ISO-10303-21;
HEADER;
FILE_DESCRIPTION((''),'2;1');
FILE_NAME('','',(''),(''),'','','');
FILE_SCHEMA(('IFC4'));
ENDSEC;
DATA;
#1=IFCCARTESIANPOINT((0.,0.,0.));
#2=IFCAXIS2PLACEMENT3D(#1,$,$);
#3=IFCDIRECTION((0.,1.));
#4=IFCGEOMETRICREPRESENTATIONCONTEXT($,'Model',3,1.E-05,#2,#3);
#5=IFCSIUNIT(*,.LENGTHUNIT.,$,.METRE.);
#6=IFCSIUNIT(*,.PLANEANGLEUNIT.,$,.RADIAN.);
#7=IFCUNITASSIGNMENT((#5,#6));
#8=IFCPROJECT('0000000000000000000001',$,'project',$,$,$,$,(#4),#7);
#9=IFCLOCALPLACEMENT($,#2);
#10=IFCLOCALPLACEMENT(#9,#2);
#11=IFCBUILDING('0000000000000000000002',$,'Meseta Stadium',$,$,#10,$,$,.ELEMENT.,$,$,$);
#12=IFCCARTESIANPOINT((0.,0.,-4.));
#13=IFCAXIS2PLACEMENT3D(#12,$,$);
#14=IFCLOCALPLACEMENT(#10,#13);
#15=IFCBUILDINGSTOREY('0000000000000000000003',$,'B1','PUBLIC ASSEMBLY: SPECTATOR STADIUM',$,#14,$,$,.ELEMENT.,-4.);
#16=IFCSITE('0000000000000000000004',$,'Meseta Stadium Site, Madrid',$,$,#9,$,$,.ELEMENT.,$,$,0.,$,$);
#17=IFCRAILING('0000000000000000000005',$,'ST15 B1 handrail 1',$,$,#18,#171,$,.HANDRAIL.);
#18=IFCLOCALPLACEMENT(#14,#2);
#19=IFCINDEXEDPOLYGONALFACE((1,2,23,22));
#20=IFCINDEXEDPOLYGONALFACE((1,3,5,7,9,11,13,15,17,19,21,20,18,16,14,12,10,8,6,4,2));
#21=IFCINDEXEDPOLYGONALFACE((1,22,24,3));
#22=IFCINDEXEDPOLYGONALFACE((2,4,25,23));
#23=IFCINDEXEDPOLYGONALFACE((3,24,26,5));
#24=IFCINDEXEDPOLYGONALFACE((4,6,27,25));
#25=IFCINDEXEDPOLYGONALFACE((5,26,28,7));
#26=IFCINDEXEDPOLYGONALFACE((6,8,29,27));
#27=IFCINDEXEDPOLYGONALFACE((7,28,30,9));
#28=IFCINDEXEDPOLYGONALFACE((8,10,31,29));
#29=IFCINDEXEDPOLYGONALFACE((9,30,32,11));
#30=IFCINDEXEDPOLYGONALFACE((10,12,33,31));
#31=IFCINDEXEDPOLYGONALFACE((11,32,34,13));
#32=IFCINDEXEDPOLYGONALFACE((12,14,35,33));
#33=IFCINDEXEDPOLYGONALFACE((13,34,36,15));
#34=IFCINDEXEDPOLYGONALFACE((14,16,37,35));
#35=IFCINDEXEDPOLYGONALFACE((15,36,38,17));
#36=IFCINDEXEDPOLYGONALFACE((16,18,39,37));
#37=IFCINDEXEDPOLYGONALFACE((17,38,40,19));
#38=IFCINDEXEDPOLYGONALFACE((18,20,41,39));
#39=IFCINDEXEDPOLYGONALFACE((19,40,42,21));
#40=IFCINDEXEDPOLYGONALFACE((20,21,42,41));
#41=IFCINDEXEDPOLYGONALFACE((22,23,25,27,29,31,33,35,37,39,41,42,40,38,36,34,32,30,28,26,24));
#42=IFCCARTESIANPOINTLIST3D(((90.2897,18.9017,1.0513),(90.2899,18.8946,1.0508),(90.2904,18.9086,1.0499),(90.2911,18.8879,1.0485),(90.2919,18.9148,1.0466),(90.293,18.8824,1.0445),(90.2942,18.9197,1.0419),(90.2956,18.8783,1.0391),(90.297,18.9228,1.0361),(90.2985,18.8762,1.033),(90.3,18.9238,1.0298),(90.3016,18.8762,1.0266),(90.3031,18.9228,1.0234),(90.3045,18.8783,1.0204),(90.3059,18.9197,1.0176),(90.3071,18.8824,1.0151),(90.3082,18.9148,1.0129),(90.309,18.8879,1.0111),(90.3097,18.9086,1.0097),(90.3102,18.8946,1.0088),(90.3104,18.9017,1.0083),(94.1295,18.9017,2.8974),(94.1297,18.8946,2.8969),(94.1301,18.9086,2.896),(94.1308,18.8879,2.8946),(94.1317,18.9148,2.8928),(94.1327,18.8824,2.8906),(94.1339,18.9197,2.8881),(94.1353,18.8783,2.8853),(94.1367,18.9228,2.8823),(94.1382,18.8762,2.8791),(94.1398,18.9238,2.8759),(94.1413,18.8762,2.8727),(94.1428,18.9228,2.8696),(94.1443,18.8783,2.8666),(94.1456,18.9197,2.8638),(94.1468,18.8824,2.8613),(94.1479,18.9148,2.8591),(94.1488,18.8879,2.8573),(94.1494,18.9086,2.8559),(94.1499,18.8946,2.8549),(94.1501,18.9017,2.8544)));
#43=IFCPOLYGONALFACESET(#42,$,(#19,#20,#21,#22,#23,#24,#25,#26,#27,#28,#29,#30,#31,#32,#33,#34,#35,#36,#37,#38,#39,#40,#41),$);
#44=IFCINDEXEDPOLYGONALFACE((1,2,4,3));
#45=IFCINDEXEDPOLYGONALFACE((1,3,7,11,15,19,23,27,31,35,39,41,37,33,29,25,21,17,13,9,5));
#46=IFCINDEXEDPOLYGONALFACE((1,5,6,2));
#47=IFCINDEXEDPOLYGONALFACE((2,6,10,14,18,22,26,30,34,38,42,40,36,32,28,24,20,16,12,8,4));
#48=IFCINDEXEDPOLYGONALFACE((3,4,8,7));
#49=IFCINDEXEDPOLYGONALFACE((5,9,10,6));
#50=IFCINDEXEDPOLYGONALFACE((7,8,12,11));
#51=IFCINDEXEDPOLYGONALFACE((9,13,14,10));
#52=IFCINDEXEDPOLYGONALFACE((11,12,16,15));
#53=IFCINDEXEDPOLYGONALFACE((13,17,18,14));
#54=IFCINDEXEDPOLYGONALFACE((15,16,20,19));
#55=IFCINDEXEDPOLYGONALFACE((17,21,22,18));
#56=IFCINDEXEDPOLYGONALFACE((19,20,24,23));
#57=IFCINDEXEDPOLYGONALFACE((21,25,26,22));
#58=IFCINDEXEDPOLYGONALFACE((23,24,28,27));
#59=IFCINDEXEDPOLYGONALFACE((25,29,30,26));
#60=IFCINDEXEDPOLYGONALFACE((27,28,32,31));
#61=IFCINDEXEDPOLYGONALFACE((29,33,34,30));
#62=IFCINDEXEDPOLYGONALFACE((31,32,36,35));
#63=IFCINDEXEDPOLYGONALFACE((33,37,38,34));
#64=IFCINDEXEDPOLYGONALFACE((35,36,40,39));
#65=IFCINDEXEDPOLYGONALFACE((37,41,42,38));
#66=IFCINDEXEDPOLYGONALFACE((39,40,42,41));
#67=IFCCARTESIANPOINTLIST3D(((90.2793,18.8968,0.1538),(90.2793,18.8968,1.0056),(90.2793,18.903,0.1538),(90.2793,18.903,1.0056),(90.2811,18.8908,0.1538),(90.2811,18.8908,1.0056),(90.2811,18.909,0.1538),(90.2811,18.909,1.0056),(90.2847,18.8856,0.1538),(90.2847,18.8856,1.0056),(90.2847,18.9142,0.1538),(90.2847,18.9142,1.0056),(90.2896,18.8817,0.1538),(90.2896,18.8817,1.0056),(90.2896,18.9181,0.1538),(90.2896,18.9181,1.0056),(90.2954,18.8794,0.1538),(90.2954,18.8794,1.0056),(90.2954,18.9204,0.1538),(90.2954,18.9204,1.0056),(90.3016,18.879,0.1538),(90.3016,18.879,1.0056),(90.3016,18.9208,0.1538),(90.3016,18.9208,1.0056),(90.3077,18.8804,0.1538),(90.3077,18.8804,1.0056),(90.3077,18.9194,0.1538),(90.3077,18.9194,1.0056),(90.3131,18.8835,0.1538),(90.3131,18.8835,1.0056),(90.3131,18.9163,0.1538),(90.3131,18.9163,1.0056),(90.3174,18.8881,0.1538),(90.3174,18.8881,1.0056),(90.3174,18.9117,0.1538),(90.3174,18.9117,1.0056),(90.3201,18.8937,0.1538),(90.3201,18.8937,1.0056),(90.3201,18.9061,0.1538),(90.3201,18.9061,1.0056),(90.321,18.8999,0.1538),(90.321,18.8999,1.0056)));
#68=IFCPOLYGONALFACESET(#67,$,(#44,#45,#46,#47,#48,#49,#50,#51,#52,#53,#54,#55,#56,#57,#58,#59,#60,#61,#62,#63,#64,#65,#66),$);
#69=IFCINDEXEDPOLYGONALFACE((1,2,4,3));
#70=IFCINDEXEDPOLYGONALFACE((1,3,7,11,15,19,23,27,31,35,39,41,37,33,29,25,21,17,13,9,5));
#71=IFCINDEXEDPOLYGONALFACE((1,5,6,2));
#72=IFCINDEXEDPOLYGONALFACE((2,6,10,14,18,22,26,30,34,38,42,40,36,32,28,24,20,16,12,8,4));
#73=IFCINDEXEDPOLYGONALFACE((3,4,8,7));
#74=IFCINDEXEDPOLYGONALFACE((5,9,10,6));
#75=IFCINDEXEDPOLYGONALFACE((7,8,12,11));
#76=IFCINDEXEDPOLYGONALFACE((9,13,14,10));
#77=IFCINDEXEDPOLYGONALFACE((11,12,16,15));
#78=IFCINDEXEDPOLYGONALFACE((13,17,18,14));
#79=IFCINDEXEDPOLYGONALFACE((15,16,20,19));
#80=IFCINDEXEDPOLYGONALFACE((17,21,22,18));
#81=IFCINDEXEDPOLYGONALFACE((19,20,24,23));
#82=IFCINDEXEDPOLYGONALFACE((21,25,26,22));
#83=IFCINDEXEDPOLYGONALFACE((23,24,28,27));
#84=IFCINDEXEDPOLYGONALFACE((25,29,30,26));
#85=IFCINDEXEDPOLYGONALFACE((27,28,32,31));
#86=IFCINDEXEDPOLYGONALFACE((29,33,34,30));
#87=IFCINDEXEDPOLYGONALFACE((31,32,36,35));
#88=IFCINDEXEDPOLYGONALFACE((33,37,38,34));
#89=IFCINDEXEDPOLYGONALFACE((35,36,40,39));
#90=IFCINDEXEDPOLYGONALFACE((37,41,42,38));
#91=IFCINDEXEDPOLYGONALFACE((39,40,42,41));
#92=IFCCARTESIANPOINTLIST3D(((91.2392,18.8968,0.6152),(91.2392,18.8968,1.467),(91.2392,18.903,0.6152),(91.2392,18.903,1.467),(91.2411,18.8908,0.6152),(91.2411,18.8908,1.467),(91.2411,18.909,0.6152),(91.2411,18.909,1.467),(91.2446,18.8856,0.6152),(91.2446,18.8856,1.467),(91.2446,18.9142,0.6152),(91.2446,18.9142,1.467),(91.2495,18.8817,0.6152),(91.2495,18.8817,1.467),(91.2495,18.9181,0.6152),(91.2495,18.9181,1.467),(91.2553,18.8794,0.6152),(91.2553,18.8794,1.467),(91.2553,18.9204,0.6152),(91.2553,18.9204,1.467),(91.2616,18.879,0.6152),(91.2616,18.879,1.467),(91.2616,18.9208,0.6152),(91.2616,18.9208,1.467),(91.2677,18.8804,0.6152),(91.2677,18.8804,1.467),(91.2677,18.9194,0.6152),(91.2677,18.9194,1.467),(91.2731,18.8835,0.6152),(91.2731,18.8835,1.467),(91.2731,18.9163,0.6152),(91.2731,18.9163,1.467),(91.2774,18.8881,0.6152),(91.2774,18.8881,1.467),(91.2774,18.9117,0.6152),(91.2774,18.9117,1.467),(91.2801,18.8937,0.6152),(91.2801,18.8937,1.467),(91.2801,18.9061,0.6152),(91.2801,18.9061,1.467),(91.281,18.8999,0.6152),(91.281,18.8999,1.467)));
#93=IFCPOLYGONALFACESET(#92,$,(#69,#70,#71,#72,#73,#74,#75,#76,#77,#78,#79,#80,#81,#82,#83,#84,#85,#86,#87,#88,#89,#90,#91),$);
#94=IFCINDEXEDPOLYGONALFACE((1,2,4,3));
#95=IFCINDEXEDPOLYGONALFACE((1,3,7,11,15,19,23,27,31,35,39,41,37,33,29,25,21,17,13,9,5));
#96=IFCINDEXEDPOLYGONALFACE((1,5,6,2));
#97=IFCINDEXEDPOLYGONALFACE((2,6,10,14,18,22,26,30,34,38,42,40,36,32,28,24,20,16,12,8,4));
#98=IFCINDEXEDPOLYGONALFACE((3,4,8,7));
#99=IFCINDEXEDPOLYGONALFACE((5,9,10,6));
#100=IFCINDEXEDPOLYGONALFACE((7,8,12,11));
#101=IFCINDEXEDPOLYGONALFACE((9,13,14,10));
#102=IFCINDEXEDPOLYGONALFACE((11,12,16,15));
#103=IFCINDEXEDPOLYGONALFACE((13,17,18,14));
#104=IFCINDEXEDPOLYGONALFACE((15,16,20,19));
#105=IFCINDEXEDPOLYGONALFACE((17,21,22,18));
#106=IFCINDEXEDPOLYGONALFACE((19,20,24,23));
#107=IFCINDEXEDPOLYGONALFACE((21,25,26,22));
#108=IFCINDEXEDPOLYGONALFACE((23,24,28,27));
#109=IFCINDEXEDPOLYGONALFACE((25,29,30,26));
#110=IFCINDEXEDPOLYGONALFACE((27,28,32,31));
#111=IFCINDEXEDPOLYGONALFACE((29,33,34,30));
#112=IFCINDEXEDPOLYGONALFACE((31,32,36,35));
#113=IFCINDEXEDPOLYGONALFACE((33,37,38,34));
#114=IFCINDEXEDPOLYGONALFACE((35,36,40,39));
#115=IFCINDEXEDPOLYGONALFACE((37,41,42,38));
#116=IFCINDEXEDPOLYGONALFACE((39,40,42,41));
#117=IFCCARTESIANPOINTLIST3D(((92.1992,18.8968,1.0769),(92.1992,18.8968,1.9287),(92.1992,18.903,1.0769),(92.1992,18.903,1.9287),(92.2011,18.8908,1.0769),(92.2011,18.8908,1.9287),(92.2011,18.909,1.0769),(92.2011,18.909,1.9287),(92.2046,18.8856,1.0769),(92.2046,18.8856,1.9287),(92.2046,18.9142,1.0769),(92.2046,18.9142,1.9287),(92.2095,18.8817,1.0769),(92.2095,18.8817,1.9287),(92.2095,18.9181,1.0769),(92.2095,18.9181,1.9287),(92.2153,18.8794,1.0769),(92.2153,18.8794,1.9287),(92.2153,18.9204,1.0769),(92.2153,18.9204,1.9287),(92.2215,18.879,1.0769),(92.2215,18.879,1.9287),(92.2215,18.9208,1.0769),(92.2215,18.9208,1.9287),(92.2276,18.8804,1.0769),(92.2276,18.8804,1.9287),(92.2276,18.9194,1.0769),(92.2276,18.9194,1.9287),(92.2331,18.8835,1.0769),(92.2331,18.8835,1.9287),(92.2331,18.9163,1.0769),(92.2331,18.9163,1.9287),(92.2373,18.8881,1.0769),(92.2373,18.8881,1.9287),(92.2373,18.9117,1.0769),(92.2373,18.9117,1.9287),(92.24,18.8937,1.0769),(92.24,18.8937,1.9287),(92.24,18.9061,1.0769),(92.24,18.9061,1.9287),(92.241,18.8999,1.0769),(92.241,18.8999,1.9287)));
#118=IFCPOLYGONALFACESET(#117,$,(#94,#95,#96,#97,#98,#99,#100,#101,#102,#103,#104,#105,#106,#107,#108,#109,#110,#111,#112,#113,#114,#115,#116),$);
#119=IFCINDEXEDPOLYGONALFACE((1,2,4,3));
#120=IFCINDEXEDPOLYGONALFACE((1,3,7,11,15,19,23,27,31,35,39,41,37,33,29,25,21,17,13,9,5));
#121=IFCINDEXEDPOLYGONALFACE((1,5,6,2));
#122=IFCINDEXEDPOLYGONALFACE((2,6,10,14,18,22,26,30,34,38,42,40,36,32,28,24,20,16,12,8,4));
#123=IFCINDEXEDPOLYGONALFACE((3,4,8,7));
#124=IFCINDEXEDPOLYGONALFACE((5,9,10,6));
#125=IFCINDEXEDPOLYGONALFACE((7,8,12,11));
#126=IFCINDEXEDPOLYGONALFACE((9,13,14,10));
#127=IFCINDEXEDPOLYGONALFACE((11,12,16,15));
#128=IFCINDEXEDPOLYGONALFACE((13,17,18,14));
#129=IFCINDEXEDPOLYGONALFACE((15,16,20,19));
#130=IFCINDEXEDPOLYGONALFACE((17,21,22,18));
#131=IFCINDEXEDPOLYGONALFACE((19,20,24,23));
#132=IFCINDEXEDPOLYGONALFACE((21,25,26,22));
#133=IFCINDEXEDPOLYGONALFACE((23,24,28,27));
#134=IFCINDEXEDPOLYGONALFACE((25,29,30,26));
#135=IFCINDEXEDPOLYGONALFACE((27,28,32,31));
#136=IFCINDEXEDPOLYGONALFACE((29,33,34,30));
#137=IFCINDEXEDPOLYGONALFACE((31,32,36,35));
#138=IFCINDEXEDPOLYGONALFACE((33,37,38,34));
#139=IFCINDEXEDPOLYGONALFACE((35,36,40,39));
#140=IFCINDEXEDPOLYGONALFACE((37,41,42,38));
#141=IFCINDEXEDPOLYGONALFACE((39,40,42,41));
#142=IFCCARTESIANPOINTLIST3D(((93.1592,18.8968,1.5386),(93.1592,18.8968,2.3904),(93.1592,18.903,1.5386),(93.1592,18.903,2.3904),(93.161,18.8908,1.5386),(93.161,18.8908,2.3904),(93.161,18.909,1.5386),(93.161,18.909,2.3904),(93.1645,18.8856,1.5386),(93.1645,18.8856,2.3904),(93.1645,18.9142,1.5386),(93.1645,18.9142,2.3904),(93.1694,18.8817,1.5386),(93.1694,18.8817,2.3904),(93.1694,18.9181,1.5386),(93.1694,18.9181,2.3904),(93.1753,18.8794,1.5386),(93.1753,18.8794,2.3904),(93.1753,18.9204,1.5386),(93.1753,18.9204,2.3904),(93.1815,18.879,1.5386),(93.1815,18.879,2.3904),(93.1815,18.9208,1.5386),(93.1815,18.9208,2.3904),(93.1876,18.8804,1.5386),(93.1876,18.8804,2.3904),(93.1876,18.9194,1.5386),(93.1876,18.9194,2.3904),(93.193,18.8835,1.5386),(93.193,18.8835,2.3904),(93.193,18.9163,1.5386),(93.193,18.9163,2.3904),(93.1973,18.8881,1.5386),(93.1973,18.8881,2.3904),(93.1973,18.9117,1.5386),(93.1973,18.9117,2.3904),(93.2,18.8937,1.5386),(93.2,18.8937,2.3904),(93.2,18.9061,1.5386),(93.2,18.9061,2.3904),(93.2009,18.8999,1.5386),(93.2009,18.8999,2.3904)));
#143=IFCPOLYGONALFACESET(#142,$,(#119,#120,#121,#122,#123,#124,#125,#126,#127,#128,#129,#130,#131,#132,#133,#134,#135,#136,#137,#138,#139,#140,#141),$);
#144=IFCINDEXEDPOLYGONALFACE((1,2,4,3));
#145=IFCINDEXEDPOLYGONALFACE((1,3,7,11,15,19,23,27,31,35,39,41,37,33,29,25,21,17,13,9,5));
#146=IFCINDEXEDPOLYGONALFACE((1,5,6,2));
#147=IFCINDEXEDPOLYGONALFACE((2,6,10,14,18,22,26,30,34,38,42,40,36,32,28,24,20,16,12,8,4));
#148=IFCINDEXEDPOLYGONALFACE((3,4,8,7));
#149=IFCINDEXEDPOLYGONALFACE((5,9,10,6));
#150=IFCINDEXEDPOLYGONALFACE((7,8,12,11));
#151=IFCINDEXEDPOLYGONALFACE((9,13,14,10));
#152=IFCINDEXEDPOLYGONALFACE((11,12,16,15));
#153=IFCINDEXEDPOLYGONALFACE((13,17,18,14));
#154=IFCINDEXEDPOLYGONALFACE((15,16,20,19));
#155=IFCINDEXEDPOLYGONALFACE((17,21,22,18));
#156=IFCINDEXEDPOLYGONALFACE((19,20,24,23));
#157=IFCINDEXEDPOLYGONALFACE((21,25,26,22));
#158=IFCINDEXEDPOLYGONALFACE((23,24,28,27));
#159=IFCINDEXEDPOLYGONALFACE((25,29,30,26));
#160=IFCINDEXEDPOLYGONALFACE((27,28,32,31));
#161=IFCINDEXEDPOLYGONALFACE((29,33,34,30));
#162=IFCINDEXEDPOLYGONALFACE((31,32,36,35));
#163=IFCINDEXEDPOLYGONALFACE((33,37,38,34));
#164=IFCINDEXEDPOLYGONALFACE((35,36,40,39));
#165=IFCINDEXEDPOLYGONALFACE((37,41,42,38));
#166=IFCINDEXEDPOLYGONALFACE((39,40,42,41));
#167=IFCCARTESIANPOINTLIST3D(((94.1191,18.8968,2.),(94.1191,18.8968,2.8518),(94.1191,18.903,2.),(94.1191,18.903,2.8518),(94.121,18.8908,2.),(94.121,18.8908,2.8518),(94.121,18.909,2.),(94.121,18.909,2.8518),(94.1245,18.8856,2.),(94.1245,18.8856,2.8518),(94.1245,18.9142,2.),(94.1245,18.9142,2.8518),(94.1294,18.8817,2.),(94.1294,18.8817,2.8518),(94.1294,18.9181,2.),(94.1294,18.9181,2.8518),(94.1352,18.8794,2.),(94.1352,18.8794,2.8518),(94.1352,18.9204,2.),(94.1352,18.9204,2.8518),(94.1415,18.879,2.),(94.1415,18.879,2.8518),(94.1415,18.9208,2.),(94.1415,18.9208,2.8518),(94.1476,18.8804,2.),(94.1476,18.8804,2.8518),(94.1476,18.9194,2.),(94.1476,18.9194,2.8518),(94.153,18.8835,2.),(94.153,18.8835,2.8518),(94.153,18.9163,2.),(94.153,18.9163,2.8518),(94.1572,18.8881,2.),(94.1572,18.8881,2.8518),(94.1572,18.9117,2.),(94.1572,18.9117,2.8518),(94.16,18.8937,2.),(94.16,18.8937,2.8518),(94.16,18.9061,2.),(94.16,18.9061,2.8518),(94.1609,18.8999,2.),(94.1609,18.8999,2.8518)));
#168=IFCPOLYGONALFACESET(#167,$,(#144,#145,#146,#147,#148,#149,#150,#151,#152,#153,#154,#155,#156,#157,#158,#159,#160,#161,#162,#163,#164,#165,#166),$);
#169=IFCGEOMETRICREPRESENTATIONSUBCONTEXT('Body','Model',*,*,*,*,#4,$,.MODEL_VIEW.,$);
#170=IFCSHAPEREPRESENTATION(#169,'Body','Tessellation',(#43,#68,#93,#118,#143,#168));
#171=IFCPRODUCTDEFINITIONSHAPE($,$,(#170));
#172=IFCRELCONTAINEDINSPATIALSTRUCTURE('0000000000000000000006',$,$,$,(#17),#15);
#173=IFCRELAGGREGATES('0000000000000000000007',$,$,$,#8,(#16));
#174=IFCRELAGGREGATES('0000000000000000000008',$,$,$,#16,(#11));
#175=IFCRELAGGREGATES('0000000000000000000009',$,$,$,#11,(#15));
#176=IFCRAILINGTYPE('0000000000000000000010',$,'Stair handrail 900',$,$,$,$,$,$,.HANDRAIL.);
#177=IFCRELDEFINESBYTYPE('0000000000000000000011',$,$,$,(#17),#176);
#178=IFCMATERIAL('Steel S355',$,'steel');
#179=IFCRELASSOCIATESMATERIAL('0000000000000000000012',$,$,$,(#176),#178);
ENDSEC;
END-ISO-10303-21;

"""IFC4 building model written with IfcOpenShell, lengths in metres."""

from ifc_helpers import new_model, si_unit, direction, frame, origin, origin_2d, place, context, subcontext, project, spatial, circle, extrude, material, type_object, element, save


model = new_model("IFC4")

# Units and contexts
model_context = context("Model", 3, precision=1e-05, world=origin(), true_north=direction((0.0, 1.0)))
body_context = subcontext(model_context, "Body", "Model", "MODEL_VIEW")
ifc_project = project(units=[si_unit("LENGTHUNIT", "METRE"), si_unit("PLANEANGLEUNIT", "RADIAN")], contexts=[model_context])

# Site, building, storey
site_placement = place(None, origin())
site = spatial("IfcSite", under=ifc_project, at=site_placement, Name="Meseta Stadium Site, Madrid", CompositionType="ELEMENT", RefElevation=0.0)
building_placement = place(site_placement, origin())
building = spatial("IfcBuilding", under=site, at=building_placement, Name="Meseta Stadium", CompositionType="ELEMENT")
storey_placement = place(building_placement, frame((0.0, 0.0, -4.0)))
storey = spatial("IfcBuildingStorey", under=building, at=storey_placement, Name="B1", Description="PUBLIC ASSEMBLY: SPECTATOR STADIUM", CompositionType="ELEMENT", Elevation=-4.0)

# Railing
ifc_material_1 = material(Name="Steel S355", Category="steel")
railing_type_1 = type_object("IfcRailingType", Name="Stair handrail 900", PredefinedType="HANDRAIL", material=ifc_material_1)
railing_1_placement = place(storey_placement, frame((90.3, 18.8999, 0.1538)))
element("IfcRailing", 1, at=railing_1_placement, inside=storey, type_object=railing_type_1, Name="ST15 B1 handrail 1", PredefinedType="HANDRAIL", context=body_context, shape_type="SweptSolid", body=[
    extrude(circle(Radius=0.0239, at=origin_2d()), frame((0.0, 0.0, 0.876), z_axis=(0.901242, 0.0, 0.433316), x_axis=(0.0, 1.0, 0.0)), (0.0, 0.0, 1.0), 4.2605),
    extrude(circle(Radius=0.021, at=origin_2d()), origin(), (0.0, 0.0, 1.0), 0.8518),
    extrude(circle(Radius=0.021, at=origin_2d()), frame((0.96, 0.0, 0.4614)), (0.0, 0.0, 1.0), 0.8518),
    extrude(circle(Radius=0.021, at=origin_2d()), frame((1.9199, 0.0, 0.9231)), (0.0, 0.0, 1.0), 0.8518),
    extrude(circle(Radius=0.021, at=origin_2d()), frame((2.8799, 0.0, 1.3848)), (0.0, 0.0, 1.0), 0.8518),
    extrude(circle(Radius=0.021, at=origin_2d()), frame((3.8398, 0.0, 1.8462)), (0.0, 0.0, 1.0), 0.8518),
])

save(model, "model.ifc")
